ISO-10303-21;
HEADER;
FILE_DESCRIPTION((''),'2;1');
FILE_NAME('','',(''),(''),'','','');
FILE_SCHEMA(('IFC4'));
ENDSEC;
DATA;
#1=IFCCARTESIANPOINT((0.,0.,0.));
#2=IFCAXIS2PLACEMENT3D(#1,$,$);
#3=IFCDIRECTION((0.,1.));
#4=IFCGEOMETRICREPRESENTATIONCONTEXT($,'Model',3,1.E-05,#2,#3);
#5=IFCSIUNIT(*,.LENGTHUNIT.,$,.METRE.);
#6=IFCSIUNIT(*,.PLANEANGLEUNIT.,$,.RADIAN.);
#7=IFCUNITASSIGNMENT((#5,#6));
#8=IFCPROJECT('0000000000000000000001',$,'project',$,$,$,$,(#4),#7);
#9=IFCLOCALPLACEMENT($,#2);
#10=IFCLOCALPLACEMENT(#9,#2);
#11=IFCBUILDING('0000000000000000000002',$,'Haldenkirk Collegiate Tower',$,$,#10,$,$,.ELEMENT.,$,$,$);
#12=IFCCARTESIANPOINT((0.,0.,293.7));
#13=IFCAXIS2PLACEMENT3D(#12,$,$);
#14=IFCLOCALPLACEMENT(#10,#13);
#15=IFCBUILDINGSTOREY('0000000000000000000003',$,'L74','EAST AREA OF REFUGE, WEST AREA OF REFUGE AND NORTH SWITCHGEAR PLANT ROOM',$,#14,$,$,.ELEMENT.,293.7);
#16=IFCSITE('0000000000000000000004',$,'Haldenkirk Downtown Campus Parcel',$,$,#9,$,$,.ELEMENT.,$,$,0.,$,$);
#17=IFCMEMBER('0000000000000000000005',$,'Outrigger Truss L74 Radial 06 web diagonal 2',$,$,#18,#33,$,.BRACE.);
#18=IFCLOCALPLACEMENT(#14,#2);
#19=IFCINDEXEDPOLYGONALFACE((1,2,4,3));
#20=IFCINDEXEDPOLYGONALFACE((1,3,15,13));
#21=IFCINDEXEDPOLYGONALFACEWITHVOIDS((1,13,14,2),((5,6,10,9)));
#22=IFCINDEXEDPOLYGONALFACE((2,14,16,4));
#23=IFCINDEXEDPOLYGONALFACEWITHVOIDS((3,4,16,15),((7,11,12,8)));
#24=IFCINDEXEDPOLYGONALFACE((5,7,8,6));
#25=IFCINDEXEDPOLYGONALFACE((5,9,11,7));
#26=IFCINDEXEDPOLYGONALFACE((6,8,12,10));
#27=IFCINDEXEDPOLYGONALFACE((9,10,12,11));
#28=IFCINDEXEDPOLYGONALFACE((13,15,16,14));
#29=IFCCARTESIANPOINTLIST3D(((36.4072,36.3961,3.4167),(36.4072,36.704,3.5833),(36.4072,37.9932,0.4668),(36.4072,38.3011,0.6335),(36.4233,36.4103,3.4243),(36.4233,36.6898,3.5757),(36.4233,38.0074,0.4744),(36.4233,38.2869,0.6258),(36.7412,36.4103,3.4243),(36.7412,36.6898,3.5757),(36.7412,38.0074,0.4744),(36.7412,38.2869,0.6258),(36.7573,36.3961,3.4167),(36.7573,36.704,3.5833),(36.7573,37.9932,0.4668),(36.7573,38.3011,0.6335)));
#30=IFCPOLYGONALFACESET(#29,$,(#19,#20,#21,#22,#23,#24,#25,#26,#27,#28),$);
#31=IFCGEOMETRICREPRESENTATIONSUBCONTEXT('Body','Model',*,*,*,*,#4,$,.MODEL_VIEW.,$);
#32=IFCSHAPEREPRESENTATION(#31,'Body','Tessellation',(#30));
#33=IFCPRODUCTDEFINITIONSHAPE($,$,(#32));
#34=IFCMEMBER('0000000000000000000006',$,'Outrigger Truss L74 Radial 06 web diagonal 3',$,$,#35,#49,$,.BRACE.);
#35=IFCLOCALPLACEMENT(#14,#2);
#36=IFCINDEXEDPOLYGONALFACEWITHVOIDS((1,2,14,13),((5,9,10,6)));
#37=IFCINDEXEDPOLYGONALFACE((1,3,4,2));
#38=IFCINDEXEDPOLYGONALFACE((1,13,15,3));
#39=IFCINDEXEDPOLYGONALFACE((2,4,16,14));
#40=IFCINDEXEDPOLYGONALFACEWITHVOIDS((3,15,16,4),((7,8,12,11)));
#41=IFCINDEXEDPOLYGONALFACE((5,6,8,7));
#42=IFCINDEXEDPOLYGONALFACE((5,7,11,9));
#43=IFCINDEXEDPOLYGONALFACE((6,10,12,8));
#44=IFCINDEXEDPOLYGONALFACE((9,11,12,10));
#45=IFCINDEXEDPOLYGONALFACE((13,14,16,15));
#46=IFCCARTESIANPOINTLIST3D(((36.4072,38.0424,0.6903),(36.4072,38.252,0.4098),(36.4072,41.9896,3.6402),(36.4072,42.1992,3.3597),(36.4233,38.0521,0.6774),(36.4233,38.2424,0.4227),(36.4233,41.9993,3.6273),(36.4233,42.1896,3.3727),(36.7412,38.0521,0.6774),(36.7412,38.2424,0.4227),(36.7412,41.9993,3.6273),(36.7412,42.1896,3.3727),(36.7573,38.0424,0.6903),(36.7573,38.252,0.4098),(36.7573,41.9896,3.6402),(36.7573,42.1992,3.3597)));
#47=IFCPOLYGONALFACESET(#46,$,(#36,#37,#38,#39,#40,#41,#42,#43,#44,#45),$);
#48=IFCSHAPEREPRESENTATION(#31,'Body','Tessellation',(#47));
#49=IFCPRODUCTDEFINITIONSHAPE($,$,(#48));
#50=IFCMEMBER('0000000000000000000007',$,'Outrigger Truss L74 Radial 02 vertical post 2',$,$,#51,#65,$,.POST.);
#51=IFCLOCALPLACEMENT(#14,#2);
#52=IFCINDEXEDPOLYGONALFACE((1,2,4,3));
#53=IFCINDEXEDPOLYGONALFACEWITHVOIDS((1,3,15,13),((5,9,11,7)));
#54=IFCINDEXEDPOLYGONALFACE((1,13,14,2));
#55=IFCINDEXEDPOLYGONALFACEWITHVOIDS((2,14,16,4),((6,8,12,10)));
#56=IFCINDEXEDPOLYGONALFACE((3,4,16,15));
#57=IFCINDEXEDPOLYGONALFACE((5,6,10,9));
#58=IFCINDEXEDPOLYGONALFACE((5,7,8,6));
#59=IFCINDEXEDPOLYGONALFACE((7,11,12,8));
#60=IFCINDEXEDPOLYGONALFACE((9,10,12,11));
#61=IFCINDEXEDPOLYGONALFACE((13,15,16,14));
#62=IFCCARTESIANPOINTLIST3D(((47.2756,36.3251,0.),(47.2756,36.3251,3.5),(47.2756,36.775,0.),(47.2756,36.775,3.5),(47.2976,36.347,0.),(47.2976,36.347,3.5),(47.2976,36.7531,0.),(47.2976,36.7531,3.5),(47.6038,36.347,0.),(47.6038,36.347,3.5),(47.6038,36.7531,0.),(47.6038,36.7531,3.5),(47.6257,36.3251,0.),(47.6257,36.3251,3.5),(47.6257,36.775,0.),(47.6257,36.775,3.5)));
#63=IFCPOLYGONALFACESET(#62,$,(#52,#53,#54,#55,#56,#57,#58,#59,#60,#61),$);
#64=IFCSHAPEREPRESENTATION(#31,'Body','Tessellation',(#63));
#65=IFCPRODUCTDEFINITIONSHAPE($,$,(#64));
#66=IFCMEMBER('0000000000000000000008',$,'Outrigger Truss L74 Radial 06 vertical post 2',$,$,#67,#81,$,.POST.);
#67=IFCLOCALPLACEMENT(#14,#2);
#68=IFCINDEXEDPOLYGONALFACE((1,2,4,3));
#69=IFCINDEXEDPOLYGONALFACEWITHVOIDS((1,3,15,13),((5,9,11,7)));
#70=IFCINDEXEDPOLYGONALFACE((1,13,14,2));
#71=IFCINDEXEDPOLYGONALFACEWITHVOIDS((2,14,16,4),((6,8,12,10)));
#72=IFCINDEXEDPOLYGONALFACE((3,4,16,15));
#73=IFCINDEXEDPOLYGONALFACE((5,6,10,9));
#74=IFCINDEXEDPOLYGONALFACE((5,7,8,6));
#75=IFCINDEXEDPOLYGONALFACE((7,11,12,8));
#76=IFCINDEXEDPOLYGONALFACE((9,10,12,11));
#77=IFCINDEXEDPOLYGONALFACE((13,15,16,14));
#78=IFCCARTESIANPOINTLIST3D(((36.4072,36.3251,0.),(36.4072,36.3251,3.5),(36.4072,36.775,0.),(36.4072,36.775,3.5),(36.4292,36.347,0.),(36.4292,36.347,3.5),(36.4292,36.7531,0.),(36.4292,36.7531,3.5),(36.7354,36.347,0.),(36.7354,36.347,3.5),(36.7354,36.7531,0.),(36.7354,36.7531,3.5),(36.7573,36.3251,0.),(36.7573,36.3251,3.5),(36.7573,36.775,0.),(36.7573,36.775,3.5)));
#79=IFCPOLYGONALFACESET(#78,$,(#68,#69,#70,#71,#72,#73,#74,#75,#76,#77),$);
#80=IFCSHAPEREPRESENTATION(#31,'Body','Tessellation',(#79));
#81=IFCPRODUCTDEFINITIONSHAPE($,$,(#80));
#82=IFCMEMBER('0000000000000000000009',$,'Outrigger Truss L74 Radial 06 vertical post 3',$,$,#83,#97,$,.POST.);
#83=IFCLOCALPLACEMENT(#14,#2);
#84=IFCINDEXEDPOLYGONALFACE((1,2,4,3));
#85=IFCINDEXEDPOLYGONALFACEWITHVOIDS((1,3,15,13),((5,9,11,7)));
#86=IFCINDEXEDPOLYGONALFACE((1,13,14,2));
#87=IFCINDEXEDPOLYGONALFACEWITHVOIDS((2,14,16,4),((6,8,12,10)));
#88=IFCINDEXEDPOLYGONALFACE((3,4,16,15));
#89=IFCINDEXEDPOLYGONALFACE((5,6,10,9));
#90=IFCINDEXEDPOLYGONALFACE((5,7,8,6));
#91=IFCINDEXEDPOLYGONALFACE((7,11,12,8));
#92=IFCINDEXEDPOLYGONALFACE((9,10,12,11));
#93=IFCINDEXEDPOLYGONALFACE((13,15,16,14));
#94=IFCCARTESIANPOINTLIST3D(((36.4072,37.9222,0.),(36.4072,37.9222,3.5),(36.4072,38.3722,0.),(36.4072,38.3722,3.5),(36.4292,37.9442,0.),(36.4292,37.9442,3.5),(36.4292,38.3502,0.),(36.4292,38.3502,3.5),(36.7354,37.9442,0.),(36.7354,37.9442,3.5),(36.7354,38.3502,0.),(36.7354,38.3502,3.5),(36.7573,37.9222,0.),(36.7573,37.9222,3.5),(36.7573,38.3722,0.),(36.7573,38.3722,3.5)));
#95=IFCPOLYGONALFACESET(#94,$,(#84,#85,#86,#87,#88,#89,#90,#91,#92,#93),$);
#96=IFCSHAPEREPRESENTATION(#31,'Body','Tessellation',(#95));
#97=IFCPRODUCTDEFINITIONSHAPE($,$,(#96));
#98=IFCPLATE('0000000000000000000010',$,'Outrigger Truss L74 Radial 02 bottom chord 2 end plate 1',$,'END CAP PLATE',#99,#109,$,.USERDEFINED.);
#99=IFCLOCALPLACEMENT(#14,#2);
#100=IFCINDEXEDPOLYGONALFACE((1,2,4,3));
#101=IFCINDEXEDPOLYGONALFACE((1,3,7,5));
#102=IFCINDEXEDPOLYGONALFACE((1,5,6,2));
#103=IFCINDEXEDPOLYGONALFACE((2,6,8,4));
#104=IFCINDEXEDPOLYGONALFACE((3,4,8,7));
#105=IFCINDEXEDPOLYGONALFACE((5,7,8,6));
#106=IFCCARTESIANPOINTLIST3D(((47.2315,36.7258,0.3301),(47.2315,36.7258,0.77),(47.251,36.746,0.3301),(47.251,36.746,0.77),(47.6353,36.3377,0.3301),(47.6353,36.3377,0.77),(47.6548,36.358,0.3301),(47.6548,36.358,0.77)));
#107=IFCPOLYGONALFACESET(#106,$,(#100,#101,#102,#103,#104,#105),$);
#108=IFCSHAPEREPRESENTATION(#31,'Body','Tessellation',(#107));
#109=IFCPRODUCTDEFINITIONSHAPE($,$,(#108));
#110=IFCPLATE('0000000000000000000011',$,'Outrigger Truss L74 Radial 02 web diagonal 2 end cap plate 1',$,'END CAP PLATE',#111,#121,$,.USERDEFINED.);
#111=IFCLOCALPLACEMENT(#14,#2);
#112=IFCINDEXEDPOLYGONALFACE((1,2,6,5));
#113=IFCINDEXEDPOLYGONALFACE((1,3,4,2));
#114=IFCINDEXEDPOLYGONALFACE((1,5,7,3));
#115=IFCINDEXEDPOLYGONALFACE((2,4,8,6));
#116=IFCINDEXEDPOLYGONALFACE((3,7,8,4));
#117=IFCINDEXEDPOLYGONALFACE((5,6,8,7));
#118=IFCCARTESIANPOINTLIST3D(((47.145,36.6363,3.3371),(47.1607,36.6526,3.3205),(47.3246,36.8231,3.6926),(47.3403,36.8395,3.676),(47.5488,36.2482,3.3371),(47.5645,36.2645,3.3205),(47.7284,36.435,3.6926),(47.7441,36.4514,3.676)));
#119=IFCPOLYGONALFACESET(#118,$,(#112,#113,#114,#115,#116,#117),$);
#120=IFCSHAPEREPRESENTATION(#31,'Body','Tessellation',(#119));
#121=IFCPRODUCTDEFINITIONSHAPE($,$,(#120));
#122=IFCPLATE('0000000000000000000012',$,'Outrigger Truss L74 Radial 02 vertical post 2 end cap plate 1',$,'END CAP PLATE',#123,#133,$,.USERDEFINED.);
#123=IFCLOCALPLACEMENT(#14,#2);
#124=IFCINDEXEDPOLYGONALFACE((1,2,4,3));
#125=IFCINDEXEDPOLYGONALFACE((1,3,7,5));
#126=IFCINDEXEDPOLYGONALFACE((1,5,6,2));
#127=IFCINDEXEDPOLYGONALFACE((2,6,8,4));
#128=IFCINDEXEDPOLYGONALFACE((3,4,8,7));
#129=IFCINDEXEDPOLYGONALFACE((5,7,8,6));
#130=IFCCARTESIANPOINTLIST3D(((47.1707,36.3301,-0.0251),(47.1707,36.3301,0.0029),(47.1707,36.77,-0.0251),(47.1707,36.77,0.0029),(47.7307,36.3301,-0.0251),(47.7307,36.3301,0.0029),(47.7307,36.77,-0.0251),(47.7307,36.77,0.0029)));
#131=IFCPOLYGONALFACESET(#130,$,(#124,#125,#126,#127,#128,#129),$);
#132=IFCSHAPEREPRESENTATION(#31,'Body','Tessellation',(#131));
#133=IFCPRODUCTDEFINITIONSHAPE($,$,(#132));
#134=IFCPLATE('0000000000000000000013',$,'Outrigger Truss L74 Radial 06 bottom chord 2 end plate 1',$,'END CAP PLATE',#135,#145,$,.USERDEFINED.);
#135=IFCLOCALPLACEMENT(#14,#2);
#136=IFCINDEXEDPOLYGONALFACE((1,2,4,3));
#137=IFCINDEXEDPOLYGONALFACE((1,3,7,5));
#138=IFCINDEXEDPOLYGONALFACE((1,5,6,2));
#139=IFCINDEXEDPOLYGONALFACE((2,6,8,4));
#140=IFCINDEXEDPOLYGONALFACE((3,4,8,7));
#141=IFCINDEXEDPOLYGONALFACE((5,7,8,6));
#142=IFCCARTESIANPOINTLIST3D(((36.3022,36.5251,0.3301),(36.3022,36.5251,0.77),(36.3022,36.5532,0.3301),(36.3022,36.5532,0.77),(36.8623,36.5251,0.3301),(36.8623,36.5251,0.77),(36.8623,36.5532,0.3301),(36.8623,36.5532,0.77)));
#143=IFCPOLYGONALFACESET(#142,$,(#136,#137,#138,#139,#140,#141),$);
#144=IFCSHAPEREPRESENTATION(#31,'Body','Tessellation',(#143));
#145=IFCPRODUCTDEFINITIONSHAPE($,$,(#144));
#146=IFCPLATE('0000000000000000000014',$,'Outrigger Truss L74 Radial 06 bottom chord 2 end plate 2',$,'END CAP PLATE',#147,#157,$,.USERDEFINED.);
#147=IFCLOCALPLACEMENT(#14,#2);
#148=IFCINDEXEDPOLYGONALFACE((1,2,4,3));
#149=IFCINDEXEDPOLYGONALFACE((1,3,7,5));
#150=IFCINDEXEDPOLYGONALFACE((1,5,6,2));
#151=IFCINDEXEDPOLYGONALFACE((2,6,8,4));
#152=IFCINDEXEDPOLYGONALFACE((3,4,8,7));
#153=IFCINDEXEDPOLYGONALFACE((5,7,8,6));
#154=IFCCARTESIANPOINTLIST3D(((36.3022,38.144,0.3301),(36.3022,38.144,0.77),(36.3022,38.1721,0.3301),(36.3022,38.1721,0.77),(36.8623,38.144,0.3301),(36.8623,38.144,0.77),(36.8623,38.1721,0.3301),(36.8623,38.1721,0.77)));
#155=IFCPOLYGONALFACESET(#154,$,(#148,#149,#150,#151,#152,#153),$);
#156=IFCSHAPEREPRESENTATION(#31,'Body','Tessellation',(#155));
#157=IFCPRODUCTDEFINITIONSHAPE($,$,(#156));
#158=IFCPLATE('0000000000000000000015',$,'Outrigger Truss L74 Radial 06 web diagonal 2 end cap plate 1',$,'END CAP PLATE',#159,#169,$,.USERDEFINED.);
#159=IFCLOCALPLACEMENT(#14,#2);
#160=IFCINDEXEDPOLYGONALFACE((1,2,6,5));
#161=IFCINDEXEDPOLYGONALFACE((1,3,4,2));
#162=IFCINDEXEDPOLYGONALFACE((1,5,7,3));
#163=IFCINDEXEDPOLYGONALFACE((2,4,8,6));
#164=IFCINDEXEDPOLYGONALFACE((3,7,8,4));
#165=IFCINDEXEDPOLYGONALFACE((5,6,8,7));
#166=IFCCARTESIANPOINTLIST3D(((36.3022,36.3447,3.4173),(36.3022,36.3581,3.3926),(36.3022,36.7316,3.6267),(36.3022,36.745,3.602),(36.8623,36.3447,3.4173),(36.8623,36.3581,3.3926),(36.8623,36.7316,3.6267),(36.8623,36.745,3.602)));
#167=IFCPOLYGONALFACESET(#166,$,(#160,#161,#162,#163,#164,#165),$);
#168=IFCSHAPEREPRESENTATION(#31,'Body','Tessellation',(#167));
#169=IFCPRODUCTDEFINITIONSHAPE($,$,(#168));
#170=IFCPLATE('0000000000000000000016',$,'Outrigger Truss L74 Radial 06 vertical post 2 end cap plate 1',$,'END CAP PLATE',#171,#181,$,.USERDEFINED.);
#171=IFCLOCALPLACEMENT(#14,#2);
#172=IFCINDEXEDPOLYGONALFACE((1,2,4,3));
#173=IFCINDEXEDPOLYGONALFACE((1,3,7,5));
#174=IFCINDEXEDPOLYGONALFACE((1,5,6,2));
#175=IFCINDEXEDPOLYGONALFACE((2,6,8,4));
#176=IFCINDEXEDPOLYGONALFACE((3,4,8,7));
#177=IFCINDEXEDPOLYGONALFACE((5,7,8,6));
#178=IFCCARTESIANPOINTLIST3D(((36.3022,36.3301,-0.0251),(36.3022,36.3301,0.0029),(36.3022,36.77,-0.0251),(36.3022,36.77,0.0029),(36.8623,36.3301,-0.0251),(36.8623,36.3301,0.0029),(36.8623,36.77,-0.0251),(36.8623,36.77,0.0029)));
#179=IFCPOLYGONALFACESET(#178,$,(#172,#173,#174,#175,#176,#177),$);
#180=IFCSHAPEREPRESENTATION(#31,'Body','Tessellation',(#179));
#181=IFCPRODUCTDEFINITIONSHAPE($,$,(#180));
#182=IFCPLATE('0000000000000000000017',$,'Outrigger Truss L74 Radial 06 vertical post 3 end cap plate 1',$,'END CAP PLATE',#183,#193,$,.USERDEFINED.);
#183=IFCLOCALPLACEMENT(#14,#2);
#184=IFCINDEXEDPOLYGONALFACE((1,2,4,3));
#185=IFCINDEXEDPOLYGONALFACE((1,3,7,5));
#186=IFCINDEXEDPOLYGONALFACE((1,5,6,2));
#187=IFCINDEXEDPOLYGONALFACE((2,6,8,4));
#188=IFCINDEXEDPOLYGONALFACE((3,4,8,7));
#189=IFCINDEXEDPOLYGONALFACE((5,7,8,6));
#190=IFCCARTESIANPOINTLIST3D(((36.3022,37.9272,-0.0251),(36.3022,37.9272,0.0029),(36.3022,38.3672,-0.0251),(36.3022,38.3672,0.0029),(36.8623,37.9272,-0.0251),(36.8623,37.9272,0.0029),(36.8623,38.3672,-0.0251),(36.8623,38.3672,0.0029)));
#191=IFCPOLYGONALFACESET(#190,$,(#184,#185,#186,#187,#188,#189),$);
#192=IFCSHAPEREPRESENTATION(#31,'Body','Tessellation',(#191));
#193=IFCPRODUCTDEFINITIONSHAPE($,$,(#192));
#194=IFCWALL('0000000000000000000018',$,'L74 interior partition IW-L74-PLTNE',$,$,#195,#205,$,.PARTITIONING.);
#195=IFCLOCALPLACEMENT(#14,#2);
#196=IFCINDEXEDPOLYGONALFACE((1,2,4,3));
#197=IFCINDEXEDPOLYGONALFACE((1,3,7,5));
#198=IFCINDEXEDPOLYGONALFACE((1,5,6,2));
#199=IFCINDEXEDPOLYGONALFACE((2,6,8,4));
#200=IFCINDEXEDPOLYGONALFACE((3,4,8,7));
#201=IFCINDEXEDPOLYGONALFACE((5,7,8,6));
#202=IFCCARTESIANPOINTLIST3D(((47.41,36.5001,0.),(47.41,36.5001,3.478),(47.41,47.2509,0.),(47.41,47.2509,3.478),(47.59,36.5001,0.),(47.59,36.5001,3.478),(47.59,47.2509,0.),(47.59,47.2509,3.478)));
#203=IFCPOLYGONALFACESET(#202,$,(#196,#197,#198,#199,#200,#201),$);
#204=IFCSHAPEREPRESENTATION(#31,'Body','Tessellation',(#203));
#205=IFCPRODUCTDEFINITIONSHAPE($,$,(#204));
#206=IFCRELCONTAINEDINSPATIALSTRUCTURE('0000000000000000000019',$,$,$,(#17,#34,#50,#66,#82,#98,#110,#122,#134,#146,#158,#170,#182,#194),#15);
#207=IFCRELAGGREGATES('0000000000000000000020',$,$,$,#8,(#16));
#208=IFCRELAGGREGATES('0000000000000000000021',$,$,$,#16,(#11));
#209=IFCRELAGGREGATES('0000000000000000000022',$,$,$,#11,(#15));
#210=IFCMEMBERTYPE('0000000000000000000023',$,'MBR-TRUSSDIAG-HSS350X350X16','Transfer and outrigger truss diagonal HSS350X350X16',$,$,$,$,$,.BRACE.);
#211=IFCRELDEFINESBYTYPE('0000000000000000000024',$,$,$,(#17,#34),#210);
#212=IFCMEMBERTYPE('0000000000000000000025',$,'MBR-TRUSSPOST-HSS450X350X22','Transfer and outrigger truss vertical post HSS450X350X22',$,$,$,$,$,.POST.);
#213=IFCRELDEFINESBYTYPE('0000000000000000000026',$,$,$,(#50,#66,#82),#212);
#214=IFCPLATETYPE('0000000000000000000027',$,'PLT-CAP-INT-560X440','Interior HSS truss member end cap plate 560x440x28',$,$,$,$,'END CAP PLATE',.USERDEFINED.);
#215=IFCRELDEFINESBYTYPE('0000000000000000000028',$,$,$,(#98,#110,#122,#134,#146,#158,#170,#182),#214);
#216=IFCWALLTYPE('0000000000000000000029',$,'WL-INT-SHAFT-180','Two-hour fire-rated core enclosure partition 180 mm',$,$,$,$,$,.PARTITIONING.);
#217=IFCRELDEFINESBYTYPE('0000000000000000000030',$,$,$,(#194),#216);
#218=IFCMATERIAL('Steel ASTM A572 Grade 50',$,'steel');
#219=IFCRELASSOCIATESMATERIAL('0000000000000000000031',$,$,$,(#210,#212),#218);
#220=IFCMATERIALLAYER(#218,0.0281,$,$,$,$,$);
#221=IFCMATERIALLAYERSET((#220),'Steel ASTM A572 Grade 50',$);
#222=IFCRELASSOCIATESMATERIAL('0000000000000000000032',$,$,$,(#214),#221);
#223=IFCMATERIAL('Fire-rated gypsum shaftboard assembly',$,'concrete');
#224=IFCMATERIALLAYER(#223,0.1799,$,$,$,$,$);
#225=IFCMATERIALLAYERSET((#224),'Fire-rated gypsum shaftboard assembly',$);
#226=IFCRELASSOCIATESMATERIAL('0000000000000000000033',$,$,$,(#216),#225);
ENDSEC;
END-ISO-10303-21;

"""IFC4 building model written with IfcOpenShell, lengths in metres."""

from ifc_helpers import new_model, si_unit, direction, frame, frame_2d, origin, origin_2d, place, context, subcontext, project, spatial, rectangle, hollow_rectangle, extrude, source, transform, mapped, material, layer, layer_set, material_profile, profile_set, type_object, element, save


model = new_model("IFC4")

# Units and contexts
model_context = context("Model", 3, precision=1e-05, world=origin(), true_north=direction((0.0, 1.0)))
body_context = subcontext(model_context, "Body", "Model", "MODEL_VIEW")
ifc_project = project(units=[si_unit("LENGTHUNIT", "METRE"), si_unit("PLANEANGLEUNIT", "RADIAN")], contexts=[model_context])

# Site, building, storey
site_placement = place(None, origin())
site = spatial("IfcSite", under=ifc_project, at=site_placement, Name="Haldenkirk Downtown Campus Parcel", CompositionType="ELEMENT", RefElevation=0.0)
building_placement = place(site_placement, origin())
building = spatial("IfcBuilding", under=site, at=building_placement, Name="Haldenkirk Collegiate Tower", CompositionType="ELEMENT")
storey_placement = place(building_placement, frame((0.0, 0.0, 293.7)))
storey = spatial("IfcBuildingStorey", under=building, at=storey_placement, Name="L74", Description="EAST AREA OF REFUGE, WEST AREA OF REFUGE AND NORTH SWITCHGEAR PLANT ROOM", CompositionType="ELEMENT", Elevation=293.7)

# Members
ifc_material_1 = material(Name="Steel ASTM A572 Grade 50", Category="steel")
ifc_material_profile_1 = material_profile(ifc_material_1, hollow_rectangle(XDim=0.3501, YDim=0.3501, WallThickness=0.0161, at=origin_2d()), Name="HSS350X350X16")
ifc_profile_set_1 = profile_set([ifc_material_profile_1], Name="Steel ASTM A572 Grade 50")
member_type_1 = type_object("IfcMemberType", Name="MBR-TRUSSDIAG-HSS350X350X16", Description="Transfer and outrigger truss diagonal HSS350X350X16", PredefinedType="BRACE", material=ifc_profile_set_1)
member_1_placement = place(storey_placement, frame((36.5823, 36.55, 3.5), z_axis=(0.0, 0.476117, -0.879382), x_axis=(-1.0, 0.0, 0.0)))
element("IfcMember", 1, at=member_1_placement, inside=storey, type_object=member_type_1, Name="Outrigger Truss L74 Radial 06 web diagonal 2", PredefinedType="BRACE", context=body_context, shape_type="SweptSolid", body=[
    extrude(hollow_rectangle(XDim=0.3501, YDim=0.3501, WallThickness=0.0161, at=origin_2d()), origin(), (0.0, 0.0, 1.0), 3.3545),
])
member_2_placement = place(storey_placement, frame((36.5823, 38.1472, 0.55), z_axis=(0.0, 0.801021, 0.598636), x_axis=(-1.0, 0.0, 0.0)))
element("IfcMember", 2, at=member_2_placement, inside=storey, type_object=member_type_1, Name="Outrigger Truss L74 Radial 06 web diagonal 3", PredefinedType="BRACE", context=body_context, shape_type="SweptSolid", body=[
    extrude(hollow_rectangle(XDim=0.3501, YDim=0.3501, WallThickness=0.0161, at=origin_2d()), origin(), (0.0, 0.0, 1.0), 4.9277),
])
ifc_material_profile_2 = material_profile(ifc_material_1, hollow_rectangle(XDim=0.3501, YDim=0.45, WallThickness=0.022, at=origin_2d()), Name="HSS450X350X22")
ifc_profile_set_2 = profile_set([ifc_material_profile_2], Name="Steel ASTM A572 Grade 50")
member_type_2 = type_object("IfcMemberType", Name="MBR-TRUSSPOST-HSS450X350X22", Description="Transfer and outrigger truss vertical post HSS450X350X22", PredefinedType="POST", material=ifc_profile_set_2)
for number, where, z_axis, x_axis, name in (
    (3, (47.4507, 36.55, 0.0), (0.0, 0.0, 1.0), (1.0, 0.0, 0.0), "Outrigger Truss L74 Radial 02 vertical post 2"),
    (4, (36.5823, 36.55, 0.0), (0.0, 0.0, 1.0), (1.0, 0.0, 0.0), "Outrigger Truss L74 Radial 06 vertical post 2"),
    (5, (36.5823, 38.1472, 0.0), (0.0, 0.0, 1.0), (1.0, 0.0, 0.0), "Outrigger Truss L74 Radial 06 vertical post 3"),
):
    element("IfcMember", number, at=place(storey_placement, frame(where, z_axis=z_axis, x_axis=x_axis)), inside=storey, type_object=member_type_2, Name=name, PredefinedType="POST", context=body_context, shape_type="SweptSolid", body=[
        extrude(hollow_rectangle(XDim=0.3501, YDim=0.45, WallThickness=0.022, at=origin_2d()), origin(), (0.0, 0.0, 1.0), 3.5),
    ])

# Plates
ifc_layer_1 = layer(ifc_material_1, 0.0281)
ifc_layer_set_1 = layer_set([ifc_layer_1], Name="Steel ASTM A572 Grade 50")
plate_type = type_object("IfcPlateType", Name="PLT-CAP-INT-560X440", Description="Interior HSS truss member end cap plate 560x440x28", ElementType="END CAP PLATE", PredefinedType="USERDEFINED", material=ifc_layer_set_1)
shared_shape = source(origin(), body_context, "Body", "SweptSolid", [
    extrude(rectangle(XDim=0.5601, YDim=0.4399, at=origin_2d()), origin(), (0.0, 0.0, 1.0), 0.0281),
])
for number, where, z_axis, x_axis, name in (
    (6, (47.4529, 36.552, 0.55), (-0.692946, -0.720989, 0.0), (0.720989, -0.692946, 0.0), "Outrigger Truss L74 Radial 02 bottom chord 2 end plate 1"),
    (7, (47.4524, 36.552, 3.4983), (-0.55997, -0.582633, 0.589043), (0.72099, -0.692945, 0.0), "Outrigger Truss L74 Radial 02 web diagonal 2 end cap plate 1"),
    (8, (47.4507, 36.55, 0.0029), (0.0, 0.0, -1.0), (1.0, 0.0, 0.0), "Outrigger Truss L74 Radial 02 vertical post 2 end cap plate 1"),
    (9, (36.5823, 36.5532, 0.55), (0.0, -1.0, 0.0), (1.0, 0.0, 0.0), "Outrigger Truss L74 Radial 06 bottom chord 2 end plate 1"),
    (10, (36.5823, 38.144, 0.55), (0.0, 1.0, 0.0), (-1.0, 0.0, 0.0), "Outrigger Truss L74 Radial 06 bottom chord 2 end plate 2"),
    (11, (36.5823, 36.5515, 3.4973), (0.0, -0.476118, 0.879381), (1.0, 0.0, 0.0), "Outrigger Truss L74 Radial 06 web diagonal 2 end cap plate 1"),
    (12, (36.5823, 36.55, 0.0029), (0.0, 0.0, -1.0), (1.0, 0.0, 0.0), "Outrigger Truss L74 Radial 06 vertical post 2 end cap plate 1"),
    (13, (36.5823, 38.1472, 0.0029), (0.0, 0.0, -1.0), (1.0, 0.0, 0.0), "Outrigger Truss L74 Radial 06 vertical post 3 end cap plate 1"),
):
    element("IfcPlate", number, at=place(storey_placement, frame(where, z_axis=z_axis, x_axis=x_axis)), inside=storey, type_object=plate_type, Name=name, ObjectType="END CAP PLATE", PredefinedType="USERDEFINED", context=body_context, shape_type="MappedRepresentation", body=[
        mapped(shared_shape, transform((0.0, 0.0, 0.0), x_axis=(1.0, 0.0, 0.0), y_axis=(0.0, 1.0, 0.0), z_axis=(0.0, 0.0, 1.0), scale=1.0)),
    ])

# Wall
ifc_material_2 = material(Name="Fire-rated gypsum shaftboard assembly", Category="concrete")
ifc_layer_2 = layer(ifc_material_2, 0.1799)
ifc_layer_set_2 = layer_set([ifc_layer_2], Name="Fire-rated gypsum shaftboard assembly")
wall_type = type_object("IfcWallType", Name="WL-INT-SHAFT-180", Description="Two-hour fire-rated core enclosure partition 180 mm", PredefinedType="PARTITIONING", material=ifc_layer_set_2)
wall_placement = place(storey_placement, frame((47.5, 36.5, 0.0), z_axis=(0.0, 0.0, 1.0), x_axis=(0.0, 1.0, 0.0)))
element("IfcWall", 14, at=wall_placement, inside=storey, type_object=wall_type, Name="L74 interior partition IW-L74-PLTNE", PredefinedType="PARTITIONING", context=body_context, shape_type="SweptSolid", body=[
    extrude(rectangle(XDim=10.7507, YDim=0.1799, at=frame_2d((5.3755, 0.0))), origin(), (0.0, 0.0, 1.0), 3.478),
])

save(model, "model.ifc")
